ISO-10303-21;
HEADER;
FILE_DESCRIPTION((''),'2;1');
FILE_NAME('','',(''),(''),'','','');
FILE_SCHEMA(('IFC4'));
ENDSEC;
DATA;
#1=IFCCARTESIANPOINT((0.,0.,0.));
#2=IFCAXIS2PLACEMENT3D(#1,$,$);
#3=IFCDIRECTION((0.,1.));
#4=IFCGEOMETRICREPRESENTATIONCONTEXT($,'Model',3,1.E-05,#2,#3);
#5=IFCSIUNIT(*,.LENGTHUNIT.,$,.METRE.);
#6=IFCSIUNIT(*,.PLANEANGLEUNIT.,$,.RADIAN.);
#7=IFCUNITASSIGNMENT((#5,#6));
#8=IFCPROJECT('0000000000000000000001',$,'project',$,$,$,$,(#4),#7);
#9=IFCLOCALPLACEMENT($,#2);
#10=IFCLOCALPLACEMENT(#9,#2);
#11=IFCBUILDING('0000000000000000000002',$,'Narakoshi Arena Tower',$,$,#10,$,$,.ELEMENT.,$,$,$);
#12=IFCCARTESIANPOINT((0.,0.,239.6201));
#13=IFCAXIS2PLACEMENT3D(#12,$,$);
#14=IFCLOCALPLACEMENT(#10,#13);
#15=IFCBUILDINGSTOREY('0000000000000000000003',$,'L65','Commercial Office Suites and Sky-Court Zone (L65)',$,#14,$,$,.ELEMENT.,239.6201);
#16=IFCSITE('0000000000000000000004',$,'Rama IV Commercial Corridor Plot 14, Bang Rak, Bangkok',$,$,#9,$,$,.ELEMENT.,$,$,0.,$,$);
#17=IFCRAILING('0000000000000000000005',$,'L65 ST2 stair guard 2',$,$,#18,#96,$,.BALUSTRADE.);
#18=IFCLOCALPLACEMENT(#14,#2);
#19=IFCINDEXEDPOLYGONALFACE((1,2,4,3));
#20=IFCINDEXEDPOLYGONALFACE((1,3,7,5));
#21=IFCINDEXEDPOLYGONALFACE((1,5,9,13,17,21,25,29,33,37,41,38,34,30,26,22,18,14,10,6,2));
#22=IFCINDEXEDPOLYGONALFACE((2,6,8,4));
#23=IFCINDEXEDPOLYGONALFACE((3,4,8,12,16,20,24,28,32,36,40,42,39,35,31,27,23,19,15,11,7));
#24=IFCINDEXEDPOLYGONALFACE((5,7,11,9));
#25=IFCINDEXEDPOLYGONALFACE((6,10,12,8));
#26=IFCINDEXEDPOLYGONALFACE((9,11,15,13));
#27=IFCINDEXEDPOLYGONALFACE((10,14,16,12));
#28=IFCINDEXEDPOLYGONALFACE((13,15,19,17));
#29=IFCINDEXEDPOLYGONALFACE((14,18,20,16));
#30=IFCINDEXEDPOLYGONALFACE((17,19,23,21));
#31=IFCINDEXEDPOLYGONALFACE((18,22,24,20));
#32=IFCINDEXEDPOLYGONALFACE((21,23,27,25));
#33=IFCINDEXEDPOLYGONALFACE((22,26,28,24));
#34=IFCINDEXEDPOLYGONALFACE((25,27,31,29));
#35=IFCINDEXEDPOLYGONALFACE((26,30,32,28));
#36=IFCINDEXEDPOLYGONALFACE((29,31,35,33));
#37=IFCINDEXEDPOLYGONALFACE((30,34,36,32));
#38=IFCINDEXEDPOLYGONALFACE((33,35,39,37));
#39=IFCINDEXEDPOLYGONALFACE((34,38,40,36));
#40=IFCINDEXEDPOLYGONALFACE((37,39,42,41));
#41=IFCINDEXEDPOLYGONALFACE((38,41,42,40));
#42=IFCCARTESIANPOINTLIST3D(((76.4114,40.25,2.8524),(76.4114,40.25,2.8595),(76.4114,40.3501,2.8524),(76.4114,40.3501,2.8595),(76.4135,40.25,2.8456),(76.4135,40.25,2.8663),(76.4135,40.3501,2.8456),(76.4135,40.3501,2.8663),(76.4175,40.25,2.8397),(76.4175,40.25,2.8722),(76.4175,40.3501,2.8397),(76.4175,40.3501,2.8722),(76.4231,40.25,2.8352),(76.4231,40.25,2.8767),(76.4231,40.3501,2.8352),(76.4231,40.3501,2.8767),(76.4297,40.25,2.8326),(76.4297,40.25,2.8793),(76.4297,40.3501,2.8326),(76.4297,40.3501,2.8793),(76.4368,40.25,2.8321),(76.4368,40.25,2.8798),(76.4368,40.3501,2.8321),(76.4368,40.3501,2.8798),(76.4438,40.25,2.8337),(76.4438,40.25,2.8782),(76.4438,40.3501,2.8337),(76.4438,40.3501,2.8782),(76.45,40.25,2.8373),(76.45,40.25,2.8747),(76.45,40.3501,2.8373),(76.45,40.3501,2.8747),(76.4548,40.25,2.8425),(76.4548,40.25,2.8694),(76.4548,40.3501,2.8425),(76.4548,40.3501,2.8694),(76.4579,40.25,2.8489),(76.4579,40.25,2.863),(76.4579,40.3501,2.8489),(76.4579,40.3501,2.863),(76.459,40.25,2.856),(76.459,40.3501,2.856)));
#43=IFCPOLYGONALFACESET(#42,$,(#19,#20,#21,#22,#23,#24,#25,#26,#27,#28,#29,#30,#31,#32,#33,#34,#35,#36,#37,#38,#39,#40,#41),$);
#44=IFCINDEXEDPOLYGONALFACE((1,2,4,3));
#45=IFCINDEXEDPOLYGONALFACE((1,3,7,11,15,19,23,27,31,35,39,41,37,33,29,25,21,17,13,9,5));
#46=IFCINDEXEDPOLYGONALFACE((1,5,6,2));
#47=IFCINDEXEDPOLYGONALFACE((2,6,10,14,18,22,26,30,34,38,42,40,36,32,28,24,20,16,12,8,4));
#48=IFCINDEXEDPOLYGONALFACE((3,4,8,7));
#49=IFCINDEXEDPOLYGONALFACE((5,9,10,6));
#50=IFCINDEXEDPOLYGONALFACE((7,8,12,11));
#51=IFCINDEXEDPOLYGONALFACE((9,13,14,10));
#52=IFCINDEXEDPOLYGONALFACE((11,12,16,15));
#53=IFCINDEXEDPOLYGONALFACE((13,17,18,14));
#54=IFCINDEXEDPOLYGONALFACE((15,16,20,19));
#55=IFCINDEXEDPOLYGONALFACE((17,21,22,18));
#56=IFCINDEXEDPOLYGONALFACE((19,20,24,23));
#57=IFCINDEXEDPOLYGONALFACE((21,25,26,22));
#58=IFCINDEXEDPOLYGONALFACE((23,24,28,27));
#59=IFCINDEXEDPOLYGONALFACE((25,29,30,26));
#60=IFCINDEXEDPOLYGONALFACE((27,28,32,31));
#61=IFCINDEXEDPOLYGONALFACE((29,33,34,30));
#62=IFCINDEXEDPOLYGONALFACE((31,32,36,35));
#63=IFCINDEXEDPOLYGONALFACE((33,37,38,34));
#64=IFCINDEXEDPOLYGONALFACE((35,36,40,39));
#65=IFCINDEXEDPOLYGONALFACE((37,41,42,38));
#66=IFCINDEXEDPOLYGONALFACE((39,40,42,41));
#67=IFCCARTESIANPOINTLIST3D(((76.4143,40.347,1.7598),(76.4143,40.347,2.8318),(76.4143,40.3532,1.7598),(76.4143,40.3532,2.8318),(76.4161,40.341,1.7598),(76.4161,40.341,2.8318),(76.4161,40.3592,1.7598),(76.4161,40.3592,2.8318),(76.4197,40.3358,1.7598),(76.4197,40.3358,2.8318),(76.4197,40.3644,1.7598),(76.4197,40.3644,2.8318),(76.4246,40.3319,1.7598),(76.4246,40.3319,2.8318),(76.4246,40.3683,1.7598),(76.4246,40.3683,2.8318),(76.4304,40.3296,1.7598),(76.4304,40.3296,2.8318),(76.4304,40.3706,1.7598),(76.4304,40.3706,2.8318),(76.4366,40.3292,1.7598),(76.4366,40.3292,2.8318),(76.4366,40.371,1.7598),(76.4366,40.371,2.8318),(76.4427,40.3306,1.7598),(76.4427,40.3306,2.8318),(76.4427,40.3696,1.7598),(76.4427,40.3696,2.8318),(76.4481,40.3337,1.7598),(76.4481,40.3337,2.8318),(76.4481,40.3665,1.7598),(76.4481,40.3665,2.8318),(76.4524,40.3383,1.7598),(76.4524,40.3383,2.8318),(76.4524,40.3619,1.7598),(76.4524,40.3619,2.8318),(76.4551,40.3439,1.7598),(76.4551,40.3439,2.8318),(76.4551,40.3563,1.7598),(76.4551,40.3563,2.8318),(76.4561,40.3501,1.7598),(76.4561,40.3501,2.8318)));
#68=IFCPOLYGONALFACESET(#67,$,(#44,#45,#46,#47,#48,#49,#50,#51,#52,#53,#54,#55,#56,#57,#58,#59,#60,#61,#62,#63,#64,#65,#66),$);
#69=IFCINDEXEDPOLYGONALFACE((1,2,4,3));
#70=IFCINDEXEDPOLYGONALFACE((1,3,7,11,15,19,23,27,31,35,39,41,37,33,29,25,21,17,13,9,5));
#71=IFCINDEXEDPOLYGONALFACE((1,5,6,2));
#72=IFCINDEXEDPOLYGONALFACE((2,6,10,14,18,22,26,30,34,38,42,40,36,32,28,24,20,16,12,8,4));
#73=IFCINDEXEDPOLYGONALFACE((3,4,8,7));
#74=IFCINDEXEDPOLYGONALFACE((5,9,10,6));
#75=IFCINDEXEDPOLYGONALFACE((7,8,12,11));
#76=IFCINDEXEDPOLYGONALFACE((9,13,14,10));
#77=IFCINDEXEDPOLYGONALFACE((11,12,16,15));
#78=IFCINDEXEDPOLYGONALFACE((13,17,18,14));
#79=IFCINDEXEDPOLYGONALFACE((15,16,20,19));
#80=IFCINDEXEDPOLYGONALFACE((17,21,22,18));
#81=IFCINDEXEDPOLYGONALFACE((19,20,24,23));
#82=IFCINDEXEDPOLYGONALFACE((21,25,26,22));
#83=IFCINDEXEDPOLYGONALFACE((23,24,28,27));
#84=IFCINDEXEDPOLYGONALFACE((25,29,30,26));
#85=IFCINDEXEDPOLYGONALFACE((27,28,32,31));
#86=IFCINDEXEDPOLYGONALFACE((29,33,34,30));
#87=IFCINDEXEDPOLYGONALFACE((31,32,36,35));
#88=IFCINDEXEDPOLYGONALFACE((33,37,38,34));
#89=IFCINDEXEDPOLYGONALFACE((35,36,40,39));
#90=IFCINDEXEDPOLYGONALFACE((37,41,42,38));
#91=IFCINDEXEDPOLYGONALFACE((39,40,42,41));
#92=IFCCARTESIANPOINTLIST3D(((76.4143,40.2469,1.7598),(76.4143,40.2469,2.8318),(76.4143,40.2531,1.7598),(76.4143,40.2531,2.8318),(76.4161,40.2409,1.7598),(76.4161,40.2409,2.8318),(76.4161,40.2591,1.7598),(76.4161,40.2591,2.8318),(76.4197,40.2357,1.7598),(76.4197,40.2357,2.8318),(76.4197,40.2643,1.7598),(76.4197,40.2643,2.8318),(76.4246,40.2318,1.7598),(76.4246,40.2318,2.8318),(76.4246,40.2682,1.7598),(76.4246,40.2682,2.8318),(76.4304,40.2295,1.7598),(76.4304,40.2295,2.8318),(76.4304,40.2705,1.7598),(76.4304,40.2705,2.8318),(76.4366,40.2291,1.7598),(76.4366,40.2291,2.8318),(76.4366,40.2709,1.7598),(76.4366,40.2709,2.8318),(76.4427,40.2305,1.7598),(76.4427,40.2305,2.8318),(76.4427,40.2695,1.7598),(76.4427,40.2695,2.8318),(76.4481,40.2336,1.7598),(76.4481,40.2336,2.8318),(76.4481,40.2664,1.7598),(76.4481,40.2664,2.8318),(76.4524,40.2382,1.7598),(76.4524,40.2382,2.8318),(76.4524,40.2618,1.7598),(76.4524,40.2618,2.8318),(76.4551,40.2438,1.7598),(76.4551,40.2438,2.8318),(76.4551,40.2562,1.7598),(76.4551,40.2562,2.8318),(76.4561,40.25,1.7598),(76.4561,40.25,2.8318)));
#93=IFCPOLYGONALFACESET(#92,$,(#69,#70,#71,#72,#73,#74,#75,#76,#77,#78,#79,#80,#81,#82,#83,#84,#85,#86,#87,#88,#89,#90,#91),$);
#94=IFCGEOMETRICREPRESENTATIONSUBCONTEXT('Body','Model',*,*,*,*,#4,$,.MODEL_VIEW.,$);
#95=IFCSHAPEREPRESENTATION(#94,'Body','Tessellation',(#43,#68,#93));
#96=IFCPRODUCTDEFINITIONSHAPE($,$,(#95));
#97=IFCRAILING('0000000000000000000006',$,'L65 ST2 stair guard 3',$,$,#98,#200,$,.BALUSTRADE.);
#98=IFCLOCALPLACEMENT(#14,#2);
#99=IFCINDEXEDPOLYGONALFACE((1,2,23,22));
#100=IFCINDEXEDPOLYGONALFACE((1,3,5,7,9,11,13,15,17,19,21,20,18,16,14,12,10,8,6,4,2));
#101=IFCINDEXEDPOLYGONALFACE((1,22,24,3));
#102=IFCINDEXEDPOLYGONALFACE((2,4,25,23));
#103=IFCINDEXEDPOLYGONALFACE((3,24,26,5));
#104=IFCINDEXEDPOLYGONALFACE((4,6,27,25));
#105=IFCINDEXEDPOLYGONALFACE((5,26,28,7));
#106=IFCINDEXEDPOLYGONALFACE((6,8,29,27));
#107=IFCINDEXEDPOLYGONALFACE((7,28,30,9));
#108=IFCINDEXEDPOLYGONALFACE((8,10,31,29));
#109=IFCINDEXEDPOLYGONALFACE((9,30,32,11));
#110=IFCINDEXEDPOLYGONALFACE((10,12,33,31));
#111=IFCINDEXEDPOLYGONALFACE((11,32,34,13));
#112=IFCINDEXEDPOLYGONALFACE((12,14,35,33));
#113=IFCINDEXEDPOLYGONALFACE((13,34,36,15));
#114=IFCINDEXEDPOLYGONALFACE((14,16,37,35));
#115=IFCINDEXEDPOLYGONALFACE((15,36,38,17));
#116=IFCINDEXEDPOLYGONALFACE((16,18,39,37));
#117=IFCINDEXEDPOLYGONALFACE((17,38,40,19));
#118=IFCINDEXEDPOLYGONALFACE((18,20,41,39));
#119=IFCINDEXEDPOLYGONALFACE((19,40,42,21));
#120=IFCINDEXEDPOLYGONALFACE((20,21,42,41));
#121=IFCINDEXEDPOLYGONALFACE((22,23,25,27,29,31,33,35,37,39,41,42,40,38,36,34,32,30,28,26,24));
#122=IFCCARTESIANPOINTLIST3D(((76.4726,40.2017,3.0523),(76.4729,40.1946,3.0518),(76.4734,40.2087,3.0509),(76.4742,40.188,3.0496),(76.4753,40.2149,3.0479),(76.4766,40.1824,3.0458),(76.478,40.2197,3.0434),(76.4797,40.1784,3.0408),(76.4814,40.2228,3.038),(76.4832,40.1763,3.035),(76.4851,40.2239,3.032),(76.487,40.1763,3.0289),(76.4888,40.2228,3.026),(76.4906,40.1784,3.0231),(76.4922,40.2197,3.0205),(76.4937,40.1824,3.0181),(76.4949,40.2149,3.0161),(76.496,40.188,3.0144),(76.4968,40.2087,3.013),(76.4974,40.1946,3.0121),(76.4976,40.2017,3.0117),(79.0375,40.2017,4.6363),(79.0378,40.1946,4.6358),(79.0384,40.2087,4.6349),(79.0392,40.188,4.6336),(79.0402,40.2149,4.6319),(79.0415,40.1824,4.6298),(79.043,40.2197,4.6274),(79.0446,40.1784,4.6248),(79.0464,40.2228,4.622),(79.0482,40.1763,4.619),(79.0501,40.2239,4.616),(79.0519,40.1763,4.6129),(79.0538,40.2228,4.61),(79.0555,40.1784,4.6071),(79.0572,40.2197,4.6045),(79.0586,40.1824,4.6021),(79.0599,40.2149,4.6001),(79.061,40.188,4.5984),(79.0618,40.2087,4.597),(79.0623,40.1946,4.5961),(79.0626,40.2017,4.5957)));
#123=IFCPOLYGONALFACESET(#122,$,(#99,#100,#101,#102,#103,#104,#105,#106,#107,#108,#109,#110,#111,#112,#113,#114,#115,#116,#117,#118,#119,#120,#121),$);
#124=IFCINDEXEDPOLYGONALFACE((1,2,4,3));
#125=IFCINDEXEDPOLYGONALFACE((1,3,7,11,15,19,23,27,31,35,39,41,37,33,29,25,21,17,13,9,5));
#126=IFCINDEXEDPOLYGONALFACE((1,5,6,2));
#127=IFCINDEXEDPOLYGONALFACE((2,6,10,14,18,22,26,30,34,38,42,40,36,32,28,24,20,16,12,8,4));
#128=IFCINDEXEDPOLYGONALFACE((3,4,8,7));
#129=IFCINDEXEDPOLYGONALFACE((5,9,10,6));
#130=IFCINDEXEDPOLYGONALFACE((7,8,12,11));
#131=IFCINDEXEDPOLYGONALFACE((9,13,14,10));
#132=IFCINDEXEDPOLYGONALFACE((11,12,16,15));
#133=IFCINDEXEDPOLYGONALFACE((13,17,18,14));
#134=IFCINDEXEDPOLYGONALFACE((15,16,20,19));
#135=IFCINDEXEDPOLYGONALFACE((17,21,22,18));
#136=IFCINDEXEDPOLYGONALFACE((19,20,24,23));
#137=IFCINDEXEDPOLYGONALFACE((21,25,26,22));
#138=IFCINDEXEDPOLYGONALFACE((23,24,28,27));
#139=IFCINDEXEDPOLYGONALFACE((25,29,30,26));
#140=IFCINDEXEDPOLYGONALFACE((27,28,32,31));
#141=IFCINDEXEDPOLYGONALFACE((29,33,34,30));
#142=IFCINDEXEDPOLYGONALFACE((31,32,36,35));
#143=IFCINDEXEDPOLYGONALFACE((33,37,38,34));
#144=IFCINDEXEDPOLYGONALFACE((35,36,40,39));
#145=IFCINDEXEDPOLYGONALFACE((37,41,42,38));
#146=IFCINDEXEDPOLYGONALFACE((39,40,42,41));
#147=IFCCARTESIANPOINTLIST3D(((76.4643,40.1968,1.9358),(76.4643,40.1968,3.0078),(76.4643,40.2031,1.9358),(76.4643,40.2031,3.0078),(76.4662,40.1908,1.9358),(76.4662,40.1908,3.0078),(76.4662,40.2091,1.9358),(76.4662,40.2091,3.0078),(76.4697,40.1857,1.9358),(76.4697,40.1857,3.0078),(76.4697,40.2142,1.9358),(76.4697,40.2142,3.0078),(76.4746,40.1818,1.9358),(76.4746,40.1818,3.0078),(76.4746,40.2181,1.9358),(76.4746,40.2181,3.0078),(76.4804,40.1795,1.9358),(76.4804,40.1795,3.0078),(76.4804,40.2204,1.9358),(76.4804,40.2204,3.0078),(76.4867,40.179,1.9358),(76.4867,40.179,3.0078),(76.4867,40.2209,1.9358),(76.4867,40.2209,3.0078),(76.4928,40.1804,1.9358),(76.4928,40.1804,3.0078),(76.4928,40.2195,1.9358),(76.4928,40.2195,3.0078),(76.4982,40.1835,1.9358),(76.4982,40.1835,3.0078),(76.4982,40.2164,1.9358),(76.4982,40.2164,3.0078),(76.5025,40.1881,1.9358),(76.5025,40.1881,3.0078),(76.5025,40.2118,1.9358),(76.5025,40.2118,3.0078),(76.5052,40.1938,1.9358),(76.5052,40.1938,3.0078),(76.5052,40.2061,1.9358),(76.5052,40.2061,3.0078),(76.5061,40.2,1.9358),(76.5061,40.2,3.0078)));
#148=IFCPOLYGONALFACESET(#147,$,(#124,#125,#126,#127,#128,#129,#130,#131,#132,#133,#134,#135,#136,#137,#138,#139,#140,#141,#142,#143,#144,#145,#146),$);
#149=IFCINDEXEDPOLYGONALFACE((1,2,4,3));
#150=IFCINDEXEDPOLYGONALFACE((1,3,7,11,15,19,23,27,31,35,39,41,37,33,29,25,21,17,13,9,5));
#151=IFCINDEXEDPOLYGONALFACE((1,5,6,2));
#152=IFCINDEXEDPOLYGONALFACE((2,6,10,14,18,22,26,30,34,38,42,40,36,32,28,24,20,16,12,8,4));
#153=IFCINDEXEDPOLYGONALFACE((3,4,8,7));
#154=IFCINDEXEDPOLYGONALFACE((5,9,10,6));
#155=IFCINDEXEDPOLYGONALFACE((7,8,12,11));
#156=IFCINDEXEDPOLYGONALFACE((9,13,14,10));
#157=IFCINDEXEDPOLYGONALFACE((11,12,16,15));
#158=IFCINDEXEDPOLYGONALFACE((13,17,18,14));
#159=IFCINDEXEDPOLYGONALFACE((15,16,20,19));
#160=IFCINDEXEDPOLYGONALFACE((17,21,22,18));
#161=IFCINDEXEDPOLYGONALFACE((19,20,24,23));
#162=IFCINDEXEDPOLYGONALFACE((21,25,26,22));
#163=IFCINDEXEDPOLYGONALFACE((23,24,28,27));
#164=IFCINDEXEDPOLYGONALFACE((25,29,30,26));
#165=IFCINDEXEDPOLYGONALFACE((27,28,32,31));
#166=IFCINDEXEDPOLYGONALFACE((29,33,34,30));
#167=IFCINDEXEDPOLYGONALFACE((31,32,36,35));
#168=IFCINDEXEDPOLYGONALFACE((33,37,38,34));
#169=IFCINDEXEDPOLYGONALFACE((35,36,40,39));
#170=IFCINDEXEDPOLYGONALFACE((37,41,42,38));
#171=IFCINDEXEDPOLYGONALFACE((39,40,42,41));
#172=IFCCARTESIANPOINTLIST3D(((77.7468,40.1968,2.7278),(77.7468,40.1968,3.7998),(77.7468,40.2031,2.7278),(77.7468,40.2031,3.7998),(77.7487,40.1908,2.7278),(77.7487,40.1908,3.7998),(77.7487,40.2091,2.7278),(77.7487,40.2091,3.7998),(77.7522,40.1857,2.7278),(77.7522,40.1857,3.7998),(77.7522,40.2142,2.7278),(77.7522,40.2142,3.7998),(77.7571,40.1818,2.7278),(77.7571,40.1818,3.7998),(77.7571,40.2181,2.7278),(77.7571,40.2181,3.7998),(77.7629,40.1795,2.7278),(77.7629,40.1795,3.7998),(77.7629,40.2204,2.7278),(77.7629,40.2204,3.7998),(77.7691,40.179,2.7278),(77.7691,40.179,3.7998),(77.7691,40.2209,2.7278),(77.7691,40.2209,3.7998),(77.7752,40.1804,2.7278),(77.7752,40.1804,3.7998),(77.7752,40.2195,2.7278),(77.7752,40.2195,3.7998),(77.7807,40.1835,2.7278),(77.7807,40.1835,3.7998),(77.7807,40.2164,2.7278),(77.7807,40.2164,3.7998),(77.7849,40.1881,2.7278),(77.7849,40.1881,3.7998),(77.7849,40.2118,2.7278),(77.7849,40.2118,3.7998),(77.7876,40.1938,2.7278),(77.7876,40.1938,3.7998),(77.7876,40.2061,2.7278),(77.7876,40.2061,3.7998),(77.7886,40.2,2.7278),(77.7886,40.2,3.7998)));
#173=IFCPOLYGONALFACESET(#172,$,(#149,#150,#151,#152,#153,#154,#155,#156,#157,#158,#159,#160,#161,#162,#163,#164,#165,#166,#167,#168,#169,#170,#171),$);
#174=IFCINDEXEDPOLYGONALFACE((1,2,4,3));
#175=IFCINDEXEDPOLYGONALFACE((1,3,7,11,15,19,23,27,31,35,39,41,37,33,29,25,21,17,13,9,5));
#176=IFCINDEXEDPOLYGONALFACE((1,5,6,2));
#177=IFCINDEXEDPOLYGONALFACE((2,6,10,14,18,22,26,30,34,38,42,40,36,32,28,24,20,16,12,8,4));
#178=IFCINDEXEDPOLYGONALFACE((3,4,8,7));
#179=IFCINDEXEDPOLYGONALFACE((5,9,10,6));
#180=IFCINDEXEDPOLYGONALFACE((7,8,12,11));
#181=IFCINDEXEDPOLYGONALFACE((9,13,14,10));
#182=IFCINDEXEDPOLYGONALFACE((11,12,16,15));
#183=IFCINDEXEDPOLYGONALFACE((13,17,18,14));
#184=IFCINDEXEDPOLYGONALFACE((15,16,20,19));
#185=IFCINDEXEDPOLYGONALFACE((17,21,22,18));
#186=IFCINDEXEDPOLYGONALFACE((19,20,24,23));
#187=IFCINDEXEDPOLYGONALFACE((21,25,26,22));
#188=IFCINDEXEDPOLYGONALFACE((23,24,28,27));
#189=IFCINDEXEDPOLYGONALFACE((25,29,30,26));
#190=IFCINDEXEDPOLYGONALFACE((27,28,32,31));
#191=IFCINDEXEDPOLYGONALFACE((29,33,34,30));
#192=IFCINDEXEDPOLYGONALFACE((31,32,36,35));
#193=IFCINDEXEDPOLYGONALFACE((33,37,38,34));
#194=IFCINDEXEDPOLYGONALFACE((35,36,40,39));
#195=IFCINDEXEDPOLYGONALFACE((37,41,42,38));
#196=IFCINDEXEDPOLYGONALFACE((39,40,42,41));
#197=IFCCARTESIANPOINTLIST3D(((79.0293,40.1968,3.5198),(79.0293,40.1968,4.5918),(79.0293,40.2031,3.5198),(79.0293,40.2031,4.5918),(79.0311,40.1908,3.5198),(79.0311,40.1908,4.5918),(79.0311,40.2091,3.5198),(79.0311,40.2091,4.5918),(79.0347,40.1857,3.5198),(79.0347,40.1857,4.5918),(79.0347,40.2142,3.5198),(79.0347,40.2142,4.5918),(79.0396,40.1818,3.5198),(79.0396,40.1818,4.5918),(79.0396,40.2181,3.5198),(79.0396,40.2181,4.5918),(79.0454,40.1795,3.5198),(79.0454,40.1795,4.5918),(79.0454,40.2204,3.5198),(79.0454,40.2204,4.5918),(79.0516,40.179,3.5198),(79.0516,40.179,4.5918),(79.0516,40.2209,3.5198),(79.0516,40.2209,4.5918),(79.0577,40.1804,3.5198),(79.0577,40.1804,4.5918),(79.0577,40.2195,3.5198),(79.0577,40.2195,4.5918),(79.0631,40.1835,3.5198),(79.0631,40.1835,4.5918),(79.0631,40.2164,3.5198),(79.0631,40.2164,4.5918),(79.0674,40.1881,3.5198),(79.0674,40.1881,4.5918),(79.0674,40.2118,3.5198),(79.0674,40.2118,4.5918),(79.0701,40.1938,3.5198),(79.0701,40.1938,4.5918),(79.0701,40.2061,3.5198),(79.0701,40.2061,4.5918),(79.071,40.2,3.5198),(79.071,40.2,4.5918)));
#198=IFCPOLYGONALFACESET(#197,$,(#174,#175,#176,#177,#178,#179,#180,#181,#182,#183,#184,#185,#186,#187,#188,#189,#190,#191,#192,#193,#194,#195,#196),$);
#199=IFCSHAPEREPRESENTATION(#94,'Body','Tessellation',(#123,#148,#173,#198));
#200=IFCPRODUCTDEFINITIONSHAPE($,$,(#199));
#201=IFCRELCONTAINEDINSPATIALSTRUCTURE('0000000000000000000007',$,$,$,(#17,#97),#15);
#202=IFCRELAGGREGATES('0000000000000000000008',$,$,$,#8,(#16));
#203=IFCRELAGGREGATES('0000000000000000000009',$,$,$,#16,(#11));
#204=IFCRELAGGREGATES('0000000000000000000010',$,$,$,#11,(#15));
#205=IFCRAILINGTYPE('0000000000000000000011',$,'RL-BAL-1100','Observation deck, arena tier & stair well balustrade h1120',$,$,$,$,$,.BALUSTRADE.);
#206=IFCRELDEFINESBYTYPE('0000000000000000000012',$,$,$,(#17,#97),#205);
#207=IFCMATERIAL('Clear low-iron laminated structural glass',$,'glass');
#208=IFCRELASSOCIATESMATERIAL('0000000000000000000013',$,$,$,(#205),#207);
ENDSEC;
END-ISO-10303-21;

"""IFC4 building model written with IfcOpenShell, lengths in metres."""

from ifc_helpers import new_model, si_unit, direction, frame, origin, origin_2d, place, context, subcontext, project, spatial, circle, extrude, material, type_object, element, save


model = new_model("IFC4")

# Units and contexts
model_context = context("Model", 3, precision=1e-05, world=origin(), true_north=direction((0.0, 1.0)))
body_context = subcontext(model_context, "Body", "Model", "MODEL_VIEW")
ifc_project = project(units=[si_unit("LENGTHUNIT", "METRE"), si_unit("PLANEANGLEUNIT", "RADIAN")], contexts=[model_context])

# Site, building, storey
site_placement = place(None, origin())
site = spatial("IfcSite", under=ifc_project, at=site_placement, Name="Rama IV Commercial Corridor Plot 14, Bang Rak, Bangkok", CompositionType="ELEMENT", RefElevation=0.0)
building_placement = place(site_placement, origin())
building = spatial("IfcBuilding", under=site, at=building_placement, Name="Narakoshi Arena Tower", CompositionType="ELEMENT")
storey_placement = place(building_placement, frame((0.0, 0.0, 239.6201)))
storey = spatial("IfcBuildingStorey", under=building, at=storey_placement, Name="L65", Description="Commercial Office Suites and Sky-Court Zone (L65)", CompositionType="ELEMENT", Elevation=239.6201)

# Railings
ifc_material_1 = material(Name="Clear low-iron laminated structural glass", Category="glass")
railing_type_1 = type_object("IfcRailingType", Name="RL-BAL-1100", Description="Observation deck, arena tier & stair well balustrade h1120", PredefinedType="BALUSTRADE", material=ifc_material_1)
railing_1_placement = place(storey_placement, frame((76.4351, 40.3501, 1.7598)))
element("IfcRailing", 1, at=railing_1_placement, inside=storey, type_object=railing_type_1, Name="L65 ST2 stair guard 2", PredefinedType="BALUSTRADE", context=body_context, shape_type="SweptSolid", body=[
    extrude(circle(Radius=0.0239, at=origin_2d()), frame((0.0, 0.0, 1.0962), z_axis=(0.0, -1.0, 0.0), x_axis=(1.0, 0.0, 0.0)), (0.0, 0.0, 1.0), 0.1001),
    extrude(circle(Radius=0.021, at=origin_2d()), origin(), (0.0, 0.0, 1.0), 1.072),
    extrude(circle(Radius=0.021, at=origin_2d()), frame((0.0, -0.1001, 0.0)), (0.0, 0.0, 1.0), 1.072),
])
railing_2_placement = place(storey_placement, frame((76.4851, 40.2, 1.9358)))
element("IfcRailing", 2, at=railing_2_placement, inside=storey, type_object=railing_type_1, Name="L65 ST2 stair guard 3", PredefinedType="BALUSTRADE", context=body_context, shape_type="SweptSolid", body=[
    extrude(circle(Radius=0.0239, at=origin_2d()), frame((0.0, 0.0, 1.0962), z_axis=(0.850834, 0.0, 0.525434), x_axis=(0.0, 1.0, 0.0)), (0.0, 0.0, 1.0), 3.0146),
    extrude(circle(Radius=0.021, at=origin_2d()), origin(), (0.0, 0.0, 1.0), 1.072),
    extrude(circle(Radius=0.021, at=origin_2d()), frame((1.2825, 0.0, 0.792)), (0.0, 0.0, 1.0), 1.072),
    extrude(circle(Radius=0.021, at=origin_2d()), frame((2.5649, 0.0, 1.584)), (0.0, 0.0, 1.0), 1.072),
])

save(model, "model.ifc")
